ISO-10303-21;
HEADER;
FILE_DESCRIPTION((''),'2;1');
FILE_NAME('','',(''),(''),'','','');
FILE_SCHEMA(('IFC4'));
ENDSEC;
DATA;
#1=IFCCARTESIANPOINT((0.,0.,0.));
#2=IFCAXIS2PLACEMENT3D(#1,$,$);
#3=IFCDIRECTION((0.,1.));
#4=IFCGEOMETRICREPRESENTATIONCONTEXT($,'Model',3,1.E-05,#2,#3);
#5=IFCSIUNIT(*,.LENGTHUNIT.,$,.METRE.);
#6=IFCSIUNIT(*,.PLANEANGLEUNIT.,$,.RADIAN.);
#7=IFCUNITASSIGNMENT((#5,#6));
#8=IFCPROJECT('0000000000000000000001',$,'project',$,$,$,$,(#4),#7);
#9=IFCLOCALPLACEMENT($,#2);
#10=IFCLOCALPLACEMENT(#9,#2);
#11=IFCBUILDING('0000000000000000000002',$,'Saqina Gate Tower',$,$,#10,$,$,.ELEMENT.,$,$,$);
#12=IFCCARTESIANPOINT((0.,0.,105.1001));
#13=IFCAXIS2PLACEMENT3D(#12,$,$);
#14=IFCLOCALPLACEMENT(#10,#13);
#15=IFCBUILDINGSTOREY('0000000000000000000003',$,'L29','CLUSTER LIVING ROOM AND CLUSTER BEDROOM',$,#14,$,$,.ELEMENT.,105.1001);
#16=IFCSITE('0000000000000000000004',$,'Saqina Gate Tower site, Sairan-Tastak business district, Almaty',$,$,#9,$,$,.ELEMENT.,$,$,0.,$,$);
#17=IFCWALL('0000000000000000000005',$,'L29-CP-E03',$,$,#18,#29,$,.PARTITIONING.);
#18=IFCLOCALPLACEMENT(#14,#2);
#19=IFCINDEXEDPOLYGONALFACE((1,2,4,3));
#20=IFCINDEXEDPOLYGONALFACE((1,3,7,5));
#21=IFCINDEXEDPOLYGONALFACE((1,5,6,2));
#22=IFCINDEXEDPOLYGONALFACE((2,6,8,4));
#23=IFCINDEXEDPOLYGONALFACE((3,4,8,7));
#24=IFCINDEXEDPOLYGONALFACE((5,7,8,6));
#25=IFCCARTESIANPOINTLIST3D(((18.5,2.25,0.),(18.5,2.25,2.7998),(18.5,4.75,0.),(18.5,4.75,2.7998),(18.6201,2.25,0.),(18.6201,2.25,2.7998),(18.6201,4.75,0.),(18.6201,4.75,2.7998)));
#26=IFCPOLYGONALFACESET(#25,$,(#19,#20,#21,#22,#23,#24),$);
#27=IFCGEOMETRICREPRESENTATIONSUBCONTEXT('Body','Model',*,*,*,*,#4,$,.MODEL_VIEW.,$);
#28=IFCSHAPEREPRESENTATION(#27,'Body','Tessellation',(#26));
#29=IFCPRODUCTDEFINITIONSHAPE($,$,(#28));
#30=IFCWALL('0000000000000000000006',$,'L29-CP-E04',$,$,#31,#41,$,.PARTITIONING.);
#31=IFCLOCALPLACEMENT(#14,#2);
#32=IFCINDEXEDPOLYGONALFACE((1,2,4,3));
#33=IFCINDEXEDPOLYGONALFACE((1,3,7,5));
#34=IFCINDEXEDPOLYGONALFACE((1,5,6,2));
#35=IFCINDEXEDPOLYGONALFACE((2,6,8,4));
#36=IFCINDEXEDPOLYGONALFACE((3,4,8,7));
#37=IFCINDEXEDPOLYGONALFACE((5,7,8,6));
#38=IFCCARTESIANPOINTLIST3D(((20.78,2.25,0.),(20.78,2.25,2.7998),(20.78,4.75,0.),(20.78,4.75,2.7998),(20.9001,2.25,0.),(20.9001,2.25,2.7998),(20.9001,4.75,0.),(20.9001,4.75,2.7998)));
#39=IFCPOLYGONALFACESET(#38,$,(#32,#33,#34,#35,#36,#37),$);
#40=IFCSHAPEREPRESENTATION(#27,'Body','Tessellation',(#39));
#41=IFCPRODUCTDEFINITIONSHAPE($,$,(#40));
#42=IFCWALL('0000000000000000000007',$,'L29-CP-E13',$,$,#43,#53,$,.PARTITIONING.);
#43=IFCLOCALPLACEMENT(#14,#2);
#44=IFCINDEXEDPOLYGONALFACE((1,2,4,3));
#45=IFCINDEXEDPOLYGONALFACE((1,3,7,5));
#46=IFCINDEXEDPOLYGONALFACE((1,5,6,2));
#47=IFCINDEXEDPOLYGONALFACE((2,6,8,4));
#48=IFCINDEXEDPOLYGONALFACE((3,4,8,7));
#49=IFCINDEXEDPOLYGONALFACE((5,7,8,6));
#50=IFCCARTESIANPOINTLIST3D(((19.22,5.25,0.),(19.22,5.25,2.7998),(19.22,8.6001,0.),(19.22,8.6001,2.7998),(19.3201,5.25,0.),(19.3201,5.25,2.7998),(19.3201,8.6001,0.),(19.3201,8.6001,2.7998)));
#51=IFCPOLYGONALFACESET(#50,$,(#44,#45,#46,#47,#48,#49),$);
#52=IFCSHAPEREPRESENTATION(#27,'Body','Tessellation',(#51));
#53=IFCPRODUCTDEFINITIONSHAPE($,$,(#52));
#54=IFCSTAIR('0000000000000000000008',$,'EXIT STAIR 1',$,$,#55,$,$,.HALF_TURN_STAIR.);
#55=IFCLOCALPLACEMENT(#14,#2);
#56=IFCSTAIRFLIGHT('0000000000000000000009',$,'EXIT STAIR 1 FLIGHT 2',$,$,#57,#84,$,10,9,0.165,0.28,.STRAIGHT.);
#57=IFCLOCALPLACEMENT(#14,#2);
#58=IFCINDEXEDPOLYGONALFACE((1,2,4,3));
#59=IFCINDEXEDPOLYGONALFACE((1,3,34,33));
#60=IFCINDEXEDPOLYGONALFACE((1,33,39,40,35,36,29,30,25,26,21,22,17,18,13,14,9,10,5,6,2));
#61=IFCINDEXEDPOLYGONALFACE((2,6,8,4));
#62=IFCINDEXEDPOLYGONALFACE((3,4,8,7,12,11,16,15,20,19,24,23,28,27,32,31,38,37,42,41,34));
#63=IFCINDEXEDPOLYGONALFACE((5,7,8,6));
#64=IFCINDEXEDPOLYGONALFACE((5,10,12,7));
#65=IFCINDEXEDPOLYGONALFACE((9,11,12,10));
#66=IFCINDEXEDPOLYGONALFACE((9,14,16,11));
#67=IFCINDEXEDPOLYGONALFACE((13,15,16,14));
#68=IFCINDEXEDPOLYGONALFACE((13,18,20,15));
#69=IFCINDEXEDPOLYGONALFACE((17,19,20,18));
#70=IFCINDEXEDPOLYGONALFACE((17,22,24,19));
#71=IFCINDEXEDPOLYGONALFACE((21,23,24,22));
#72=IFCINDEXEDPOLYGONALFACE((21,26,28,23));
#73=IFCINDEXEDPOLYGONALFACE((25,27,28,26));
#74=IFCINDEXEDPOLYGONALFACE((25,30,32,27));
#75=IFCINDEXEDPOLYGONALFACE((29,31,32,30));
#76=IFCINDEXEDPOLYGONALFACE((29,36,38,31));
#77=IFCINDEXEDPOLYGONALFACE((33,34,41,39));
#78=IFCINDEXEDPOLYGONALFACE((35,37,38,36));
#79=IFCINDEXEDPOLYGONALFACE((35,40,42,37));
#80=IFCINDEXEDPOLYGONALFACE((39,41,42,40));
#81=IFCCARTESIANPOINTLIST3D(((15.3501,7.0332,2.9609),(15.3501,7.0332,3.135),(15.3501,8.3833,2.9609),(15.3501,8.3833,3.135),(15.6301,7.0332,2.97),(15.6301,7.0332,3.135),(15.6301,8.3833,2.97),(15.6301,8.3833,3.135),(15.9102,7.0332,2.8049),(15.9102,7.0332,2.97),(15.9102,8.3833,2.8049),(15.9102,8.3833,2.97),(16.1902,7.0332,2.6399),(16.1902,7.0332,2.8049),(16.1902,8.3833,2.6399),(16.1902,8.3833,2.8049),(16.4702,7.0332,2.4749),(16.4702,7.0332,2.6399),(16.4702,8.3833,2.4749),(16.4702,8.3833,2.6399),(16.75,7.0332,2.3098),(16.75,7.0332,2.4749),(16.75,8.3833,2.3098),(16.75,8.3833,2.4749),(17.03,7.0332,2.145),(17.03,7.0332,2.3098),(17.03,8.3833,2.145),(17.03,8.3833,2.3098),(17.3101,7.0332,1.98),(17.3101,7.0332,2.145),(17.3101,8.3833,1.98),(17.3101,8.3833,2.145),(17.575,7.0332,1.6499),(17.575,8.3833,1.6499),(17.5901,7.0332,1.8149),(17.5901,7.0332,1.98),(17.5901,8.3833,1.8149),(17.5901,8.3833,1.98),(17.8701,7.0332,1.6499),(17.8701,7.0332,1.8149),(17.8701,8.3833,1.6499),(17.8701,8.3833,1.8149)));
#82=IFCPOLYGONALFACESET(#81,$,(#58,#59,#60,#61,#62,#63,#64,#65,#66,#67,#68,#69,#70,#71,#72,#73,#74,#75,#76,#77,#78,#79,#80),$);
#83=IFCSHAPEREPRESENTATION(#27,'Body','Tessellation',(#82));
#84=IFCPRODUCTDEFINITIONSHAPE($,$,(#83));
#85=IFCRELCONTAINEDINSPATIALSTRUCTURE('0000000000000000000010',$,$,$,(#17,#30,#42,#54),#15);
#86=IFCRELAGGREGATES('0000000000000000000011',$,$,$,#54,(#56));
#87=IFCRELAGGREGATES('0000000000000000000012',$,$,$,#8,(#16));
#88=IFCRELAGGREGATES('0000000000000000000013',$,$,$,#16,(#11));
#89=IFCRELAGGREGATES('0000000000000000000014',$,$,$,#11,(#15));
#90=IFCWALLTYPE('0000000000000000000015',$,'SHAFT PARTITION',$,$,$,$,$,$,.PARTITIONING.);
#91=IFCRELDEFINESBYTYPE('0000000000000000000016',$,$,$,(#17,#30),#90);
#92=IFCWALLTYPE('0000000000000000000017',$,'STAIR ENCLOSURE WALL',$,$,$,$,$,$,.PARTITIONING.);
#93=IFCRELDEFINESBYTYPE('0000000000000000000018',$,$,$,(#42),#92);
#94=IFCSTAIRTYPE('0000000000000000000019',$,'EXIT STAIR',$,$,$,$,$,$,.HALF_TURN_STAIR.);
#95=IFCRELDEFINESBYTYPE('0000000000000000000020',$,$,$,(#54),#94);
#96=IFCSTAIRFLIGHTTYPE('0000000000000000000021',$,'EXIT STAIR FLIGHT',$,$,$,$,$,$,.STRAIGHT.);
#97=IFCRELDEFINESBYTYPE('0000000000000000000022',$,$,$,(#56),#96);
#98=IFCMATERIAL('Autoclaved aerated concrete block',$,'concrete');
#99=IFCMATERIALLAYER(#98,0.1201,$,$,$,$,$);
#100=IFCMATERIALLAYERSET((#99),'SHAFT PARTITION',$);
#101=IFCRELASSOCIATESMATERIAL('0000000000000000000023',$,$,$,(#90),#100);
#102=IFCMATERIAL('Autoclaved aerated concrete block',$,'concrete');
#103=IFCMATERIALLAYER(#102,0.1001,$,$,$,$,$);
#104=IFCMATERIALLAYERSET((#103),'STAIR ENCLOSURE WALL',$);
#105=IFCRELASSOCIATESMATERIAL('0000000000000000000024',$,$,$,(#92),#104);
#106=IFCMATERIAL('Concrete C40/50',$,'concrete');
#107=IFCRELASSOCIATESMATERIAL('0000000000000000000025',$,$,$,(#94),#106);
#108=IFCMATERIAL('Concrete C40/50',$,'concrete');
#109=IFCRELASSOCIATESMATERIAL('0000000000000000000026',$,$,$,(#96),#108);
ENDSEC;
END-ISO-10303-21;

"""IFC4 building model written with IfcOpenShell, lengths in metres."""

from ifc_helpers import new_model, si_unit, direction, frame, frame_2d, origin, place, context, subcontext, project, spatial, polyline, rectangle, outline, extrude, material, layer, layer_set, type_object, element, aggregate, save


model = new_model("IFC4")

# Units and contexts
model_context = context("Model", 3, precision=1e-05, world=origin(), true_north=direction((0.0, 1.0)))
body_context = subcontext(model_context, "Body", "Model", "MODEL_VIEW")
ifc_project = project(units=[si_unit("LENGTHUNIT", "METRE"), si_unit("PLANEANGLEUNIT", "RADIAN")], contexts=[model_context])

# Site, building, storey
site_placement = place(None, origin())
site = spatial("IfcSite", under=ifc_project, at=site_placement, Name="Saqina Gate Tower site, Sairan-Tastak business district, Almaty", CompositionType="ELEMENT", RefElevation=0.0)
building_placement = place(site_placement, origin())
building = spatial("IfcBuilding", under=site, at=building_placement, Name="Saqina Gate Tower", CompositionType="ELEMENT")
storey_placement = place(building_placement, frame((0.0, 0.0, 105.1001)))
storey = spatial("IfcBuildingStorey", under=building, at=storey_placement, Name="L29", Description="CLUSTER LIVING ROOM AND CLUSTER BEDROOM", CompositionType="ELEMENT", Elevation=105.1001)

# Walls
ifc_material_1 = material(Name="Autoclaved aerated concrete block", Category="concrete")
ifc_layer_1 = layer(ifc_material_1, 0.1201)
ifc_layer_set_1 = layer_set([ifc_layer_1], Name="SHAFT PARTITION")
wall_type_1 = type_object("IfcWallType", Name="SHAFT PARTITION", PredefinedType="PARTITIONING", material=ifc_layer_set_1)
for number, where, z_axis, x_axis, name in (
    (1, (18.5601, 2.25, 0.0), (0.0, 0.0, 1.0), (0.0, 1.0, 0.0), "L29-CP-E03"),
    (2, (20.8401, 2.25, 0.0), (0.0, 0.0, 1.0), (0.0, 1.0, 0.0), "L29-CP-E04"),
):
    element("IfcWall", number, at=place(storey_placement, frame(where, z_axis=z_axis, x_axis=x_axis)), inside=storey, type_object=wall_type_1, Name=name, PredefinedType="PARTITIONING", context=body_context, shape_type="SweptSolid", body=[
        extrude(rectangle(XDim=2.5, YDim=0.1201, at=frame_2d((1.25, 0.0))), origin(), (0.0, 0.0, 1.0), 2.7998),
    ])
ifc_material_2 = material(Name="Autoclaved aerated concrete block", Category="concrete")
ifc_layer_2 = layer(ifc_material_2, 0.1001)
ifc_layer_set_2 = layer_set([ifc_layer_2], Name="STAIR ENCLOSURE WALL")
wall_type_2 = type_object("IfcWallType", Name="STAIR ENCLOSURE WALL", PredefinedType="PARTITIONING", material=ifc_layer_set_2)
wall_1_placement = place(storey_placement, frame((19.27, 5.25, 0.0), z_axis=(0.0, 0.0, 1.0), x_axis=(0.0, 1.0, 0.0)))
element("IfcWall", 3, at=wall_1_placement, inside=storey, type_object=wall_type_2, Name="L29-CP-E13", PredefinedType="PARTITIONING", context=body_context, shape_type="SweptSolid", body=[
    extrude(rectangle(XDim=3.3501, YDim=0.1001, at=frame_2d((1.675, 0.0))), origin(), (0.0, 0.0, 1.0), 2.7998),
])

# Stair, stair flight
ifc_material_3 = material(Name="Concrete C40/50", Category="concrete")
stair_type = type_object("IfcStairType", Name="EXIT STAIR", PredefinedType="HALF_TURN_STAIR", material=ifc_material_3)
stair_placement = place(storey_placement, origin())
stair = element("IfcStair", 4, at=stair_placement, inside=storey, type_object=stair_type, Name="EXIT STAIR 1", PredefinedType="HALF_TURN_STAIR")
ifc_material_4 = material(Name="Concrete C40/50", Category="concrete")
stair_flight_type = type_object("IfcStairFlightType", Name="EXIT STAIR FLIGHT", PredefinedType="STRAIGHT", material=ifc_material_4)
stair_flight_placement = place(storey_placement, frame((17.8701, 7.7083, 1.6499), z_axis=(0.0, 0.0, 1.0), x_axis=(-1.0, 0.0, 0.0)))
stair_flight = element("IfcStairFlight", 5, at=stair_flight_placement, type_object=stair_flight_type, Name="EXIT STAIR 1 FLIGHT 2", NumberOfRisers=10, NumberOfTreads=9, PredefinedType="STRAIGHT", RiserHeight=0.165, TreadLength=0.28, context=body_context, shape_type="SweptSolid", body=[
    extrude(outline(polyline([(0.0, 0.0), (0.0, 0.165), (0.28, 0.165), (0.28, 0.3301), (0.5601, 0.3301), (0.5601, 0.4951), (0.8401, 0.4951), (0.8401, 0.6599), (1.1201, 0.6599), (1.1201, 0.825), (1.3999, 0.825), (1.3999, 0.99), (1.6799, 0.99), (1.6799, 1.155), (1.96, 1.155), (1.96, 1.3201), (2.24, 1.3201), (2.24, 1.4851), (2.52, 1.4851), (2.52, 1.6499), (2.52, 1.311), (0.2952, 0.0), (0.0, 0.0)])), frame((0.0, 0.675, 0.0), z_axis=(0.0, -1.0, 0.0), x_axis=(1.0, 0.0, 0.0)), (0.0, 0.0, 1.0), 1.3501),
])
aggregate(stair, [stair_flight])

save(model, "model.ifc")
